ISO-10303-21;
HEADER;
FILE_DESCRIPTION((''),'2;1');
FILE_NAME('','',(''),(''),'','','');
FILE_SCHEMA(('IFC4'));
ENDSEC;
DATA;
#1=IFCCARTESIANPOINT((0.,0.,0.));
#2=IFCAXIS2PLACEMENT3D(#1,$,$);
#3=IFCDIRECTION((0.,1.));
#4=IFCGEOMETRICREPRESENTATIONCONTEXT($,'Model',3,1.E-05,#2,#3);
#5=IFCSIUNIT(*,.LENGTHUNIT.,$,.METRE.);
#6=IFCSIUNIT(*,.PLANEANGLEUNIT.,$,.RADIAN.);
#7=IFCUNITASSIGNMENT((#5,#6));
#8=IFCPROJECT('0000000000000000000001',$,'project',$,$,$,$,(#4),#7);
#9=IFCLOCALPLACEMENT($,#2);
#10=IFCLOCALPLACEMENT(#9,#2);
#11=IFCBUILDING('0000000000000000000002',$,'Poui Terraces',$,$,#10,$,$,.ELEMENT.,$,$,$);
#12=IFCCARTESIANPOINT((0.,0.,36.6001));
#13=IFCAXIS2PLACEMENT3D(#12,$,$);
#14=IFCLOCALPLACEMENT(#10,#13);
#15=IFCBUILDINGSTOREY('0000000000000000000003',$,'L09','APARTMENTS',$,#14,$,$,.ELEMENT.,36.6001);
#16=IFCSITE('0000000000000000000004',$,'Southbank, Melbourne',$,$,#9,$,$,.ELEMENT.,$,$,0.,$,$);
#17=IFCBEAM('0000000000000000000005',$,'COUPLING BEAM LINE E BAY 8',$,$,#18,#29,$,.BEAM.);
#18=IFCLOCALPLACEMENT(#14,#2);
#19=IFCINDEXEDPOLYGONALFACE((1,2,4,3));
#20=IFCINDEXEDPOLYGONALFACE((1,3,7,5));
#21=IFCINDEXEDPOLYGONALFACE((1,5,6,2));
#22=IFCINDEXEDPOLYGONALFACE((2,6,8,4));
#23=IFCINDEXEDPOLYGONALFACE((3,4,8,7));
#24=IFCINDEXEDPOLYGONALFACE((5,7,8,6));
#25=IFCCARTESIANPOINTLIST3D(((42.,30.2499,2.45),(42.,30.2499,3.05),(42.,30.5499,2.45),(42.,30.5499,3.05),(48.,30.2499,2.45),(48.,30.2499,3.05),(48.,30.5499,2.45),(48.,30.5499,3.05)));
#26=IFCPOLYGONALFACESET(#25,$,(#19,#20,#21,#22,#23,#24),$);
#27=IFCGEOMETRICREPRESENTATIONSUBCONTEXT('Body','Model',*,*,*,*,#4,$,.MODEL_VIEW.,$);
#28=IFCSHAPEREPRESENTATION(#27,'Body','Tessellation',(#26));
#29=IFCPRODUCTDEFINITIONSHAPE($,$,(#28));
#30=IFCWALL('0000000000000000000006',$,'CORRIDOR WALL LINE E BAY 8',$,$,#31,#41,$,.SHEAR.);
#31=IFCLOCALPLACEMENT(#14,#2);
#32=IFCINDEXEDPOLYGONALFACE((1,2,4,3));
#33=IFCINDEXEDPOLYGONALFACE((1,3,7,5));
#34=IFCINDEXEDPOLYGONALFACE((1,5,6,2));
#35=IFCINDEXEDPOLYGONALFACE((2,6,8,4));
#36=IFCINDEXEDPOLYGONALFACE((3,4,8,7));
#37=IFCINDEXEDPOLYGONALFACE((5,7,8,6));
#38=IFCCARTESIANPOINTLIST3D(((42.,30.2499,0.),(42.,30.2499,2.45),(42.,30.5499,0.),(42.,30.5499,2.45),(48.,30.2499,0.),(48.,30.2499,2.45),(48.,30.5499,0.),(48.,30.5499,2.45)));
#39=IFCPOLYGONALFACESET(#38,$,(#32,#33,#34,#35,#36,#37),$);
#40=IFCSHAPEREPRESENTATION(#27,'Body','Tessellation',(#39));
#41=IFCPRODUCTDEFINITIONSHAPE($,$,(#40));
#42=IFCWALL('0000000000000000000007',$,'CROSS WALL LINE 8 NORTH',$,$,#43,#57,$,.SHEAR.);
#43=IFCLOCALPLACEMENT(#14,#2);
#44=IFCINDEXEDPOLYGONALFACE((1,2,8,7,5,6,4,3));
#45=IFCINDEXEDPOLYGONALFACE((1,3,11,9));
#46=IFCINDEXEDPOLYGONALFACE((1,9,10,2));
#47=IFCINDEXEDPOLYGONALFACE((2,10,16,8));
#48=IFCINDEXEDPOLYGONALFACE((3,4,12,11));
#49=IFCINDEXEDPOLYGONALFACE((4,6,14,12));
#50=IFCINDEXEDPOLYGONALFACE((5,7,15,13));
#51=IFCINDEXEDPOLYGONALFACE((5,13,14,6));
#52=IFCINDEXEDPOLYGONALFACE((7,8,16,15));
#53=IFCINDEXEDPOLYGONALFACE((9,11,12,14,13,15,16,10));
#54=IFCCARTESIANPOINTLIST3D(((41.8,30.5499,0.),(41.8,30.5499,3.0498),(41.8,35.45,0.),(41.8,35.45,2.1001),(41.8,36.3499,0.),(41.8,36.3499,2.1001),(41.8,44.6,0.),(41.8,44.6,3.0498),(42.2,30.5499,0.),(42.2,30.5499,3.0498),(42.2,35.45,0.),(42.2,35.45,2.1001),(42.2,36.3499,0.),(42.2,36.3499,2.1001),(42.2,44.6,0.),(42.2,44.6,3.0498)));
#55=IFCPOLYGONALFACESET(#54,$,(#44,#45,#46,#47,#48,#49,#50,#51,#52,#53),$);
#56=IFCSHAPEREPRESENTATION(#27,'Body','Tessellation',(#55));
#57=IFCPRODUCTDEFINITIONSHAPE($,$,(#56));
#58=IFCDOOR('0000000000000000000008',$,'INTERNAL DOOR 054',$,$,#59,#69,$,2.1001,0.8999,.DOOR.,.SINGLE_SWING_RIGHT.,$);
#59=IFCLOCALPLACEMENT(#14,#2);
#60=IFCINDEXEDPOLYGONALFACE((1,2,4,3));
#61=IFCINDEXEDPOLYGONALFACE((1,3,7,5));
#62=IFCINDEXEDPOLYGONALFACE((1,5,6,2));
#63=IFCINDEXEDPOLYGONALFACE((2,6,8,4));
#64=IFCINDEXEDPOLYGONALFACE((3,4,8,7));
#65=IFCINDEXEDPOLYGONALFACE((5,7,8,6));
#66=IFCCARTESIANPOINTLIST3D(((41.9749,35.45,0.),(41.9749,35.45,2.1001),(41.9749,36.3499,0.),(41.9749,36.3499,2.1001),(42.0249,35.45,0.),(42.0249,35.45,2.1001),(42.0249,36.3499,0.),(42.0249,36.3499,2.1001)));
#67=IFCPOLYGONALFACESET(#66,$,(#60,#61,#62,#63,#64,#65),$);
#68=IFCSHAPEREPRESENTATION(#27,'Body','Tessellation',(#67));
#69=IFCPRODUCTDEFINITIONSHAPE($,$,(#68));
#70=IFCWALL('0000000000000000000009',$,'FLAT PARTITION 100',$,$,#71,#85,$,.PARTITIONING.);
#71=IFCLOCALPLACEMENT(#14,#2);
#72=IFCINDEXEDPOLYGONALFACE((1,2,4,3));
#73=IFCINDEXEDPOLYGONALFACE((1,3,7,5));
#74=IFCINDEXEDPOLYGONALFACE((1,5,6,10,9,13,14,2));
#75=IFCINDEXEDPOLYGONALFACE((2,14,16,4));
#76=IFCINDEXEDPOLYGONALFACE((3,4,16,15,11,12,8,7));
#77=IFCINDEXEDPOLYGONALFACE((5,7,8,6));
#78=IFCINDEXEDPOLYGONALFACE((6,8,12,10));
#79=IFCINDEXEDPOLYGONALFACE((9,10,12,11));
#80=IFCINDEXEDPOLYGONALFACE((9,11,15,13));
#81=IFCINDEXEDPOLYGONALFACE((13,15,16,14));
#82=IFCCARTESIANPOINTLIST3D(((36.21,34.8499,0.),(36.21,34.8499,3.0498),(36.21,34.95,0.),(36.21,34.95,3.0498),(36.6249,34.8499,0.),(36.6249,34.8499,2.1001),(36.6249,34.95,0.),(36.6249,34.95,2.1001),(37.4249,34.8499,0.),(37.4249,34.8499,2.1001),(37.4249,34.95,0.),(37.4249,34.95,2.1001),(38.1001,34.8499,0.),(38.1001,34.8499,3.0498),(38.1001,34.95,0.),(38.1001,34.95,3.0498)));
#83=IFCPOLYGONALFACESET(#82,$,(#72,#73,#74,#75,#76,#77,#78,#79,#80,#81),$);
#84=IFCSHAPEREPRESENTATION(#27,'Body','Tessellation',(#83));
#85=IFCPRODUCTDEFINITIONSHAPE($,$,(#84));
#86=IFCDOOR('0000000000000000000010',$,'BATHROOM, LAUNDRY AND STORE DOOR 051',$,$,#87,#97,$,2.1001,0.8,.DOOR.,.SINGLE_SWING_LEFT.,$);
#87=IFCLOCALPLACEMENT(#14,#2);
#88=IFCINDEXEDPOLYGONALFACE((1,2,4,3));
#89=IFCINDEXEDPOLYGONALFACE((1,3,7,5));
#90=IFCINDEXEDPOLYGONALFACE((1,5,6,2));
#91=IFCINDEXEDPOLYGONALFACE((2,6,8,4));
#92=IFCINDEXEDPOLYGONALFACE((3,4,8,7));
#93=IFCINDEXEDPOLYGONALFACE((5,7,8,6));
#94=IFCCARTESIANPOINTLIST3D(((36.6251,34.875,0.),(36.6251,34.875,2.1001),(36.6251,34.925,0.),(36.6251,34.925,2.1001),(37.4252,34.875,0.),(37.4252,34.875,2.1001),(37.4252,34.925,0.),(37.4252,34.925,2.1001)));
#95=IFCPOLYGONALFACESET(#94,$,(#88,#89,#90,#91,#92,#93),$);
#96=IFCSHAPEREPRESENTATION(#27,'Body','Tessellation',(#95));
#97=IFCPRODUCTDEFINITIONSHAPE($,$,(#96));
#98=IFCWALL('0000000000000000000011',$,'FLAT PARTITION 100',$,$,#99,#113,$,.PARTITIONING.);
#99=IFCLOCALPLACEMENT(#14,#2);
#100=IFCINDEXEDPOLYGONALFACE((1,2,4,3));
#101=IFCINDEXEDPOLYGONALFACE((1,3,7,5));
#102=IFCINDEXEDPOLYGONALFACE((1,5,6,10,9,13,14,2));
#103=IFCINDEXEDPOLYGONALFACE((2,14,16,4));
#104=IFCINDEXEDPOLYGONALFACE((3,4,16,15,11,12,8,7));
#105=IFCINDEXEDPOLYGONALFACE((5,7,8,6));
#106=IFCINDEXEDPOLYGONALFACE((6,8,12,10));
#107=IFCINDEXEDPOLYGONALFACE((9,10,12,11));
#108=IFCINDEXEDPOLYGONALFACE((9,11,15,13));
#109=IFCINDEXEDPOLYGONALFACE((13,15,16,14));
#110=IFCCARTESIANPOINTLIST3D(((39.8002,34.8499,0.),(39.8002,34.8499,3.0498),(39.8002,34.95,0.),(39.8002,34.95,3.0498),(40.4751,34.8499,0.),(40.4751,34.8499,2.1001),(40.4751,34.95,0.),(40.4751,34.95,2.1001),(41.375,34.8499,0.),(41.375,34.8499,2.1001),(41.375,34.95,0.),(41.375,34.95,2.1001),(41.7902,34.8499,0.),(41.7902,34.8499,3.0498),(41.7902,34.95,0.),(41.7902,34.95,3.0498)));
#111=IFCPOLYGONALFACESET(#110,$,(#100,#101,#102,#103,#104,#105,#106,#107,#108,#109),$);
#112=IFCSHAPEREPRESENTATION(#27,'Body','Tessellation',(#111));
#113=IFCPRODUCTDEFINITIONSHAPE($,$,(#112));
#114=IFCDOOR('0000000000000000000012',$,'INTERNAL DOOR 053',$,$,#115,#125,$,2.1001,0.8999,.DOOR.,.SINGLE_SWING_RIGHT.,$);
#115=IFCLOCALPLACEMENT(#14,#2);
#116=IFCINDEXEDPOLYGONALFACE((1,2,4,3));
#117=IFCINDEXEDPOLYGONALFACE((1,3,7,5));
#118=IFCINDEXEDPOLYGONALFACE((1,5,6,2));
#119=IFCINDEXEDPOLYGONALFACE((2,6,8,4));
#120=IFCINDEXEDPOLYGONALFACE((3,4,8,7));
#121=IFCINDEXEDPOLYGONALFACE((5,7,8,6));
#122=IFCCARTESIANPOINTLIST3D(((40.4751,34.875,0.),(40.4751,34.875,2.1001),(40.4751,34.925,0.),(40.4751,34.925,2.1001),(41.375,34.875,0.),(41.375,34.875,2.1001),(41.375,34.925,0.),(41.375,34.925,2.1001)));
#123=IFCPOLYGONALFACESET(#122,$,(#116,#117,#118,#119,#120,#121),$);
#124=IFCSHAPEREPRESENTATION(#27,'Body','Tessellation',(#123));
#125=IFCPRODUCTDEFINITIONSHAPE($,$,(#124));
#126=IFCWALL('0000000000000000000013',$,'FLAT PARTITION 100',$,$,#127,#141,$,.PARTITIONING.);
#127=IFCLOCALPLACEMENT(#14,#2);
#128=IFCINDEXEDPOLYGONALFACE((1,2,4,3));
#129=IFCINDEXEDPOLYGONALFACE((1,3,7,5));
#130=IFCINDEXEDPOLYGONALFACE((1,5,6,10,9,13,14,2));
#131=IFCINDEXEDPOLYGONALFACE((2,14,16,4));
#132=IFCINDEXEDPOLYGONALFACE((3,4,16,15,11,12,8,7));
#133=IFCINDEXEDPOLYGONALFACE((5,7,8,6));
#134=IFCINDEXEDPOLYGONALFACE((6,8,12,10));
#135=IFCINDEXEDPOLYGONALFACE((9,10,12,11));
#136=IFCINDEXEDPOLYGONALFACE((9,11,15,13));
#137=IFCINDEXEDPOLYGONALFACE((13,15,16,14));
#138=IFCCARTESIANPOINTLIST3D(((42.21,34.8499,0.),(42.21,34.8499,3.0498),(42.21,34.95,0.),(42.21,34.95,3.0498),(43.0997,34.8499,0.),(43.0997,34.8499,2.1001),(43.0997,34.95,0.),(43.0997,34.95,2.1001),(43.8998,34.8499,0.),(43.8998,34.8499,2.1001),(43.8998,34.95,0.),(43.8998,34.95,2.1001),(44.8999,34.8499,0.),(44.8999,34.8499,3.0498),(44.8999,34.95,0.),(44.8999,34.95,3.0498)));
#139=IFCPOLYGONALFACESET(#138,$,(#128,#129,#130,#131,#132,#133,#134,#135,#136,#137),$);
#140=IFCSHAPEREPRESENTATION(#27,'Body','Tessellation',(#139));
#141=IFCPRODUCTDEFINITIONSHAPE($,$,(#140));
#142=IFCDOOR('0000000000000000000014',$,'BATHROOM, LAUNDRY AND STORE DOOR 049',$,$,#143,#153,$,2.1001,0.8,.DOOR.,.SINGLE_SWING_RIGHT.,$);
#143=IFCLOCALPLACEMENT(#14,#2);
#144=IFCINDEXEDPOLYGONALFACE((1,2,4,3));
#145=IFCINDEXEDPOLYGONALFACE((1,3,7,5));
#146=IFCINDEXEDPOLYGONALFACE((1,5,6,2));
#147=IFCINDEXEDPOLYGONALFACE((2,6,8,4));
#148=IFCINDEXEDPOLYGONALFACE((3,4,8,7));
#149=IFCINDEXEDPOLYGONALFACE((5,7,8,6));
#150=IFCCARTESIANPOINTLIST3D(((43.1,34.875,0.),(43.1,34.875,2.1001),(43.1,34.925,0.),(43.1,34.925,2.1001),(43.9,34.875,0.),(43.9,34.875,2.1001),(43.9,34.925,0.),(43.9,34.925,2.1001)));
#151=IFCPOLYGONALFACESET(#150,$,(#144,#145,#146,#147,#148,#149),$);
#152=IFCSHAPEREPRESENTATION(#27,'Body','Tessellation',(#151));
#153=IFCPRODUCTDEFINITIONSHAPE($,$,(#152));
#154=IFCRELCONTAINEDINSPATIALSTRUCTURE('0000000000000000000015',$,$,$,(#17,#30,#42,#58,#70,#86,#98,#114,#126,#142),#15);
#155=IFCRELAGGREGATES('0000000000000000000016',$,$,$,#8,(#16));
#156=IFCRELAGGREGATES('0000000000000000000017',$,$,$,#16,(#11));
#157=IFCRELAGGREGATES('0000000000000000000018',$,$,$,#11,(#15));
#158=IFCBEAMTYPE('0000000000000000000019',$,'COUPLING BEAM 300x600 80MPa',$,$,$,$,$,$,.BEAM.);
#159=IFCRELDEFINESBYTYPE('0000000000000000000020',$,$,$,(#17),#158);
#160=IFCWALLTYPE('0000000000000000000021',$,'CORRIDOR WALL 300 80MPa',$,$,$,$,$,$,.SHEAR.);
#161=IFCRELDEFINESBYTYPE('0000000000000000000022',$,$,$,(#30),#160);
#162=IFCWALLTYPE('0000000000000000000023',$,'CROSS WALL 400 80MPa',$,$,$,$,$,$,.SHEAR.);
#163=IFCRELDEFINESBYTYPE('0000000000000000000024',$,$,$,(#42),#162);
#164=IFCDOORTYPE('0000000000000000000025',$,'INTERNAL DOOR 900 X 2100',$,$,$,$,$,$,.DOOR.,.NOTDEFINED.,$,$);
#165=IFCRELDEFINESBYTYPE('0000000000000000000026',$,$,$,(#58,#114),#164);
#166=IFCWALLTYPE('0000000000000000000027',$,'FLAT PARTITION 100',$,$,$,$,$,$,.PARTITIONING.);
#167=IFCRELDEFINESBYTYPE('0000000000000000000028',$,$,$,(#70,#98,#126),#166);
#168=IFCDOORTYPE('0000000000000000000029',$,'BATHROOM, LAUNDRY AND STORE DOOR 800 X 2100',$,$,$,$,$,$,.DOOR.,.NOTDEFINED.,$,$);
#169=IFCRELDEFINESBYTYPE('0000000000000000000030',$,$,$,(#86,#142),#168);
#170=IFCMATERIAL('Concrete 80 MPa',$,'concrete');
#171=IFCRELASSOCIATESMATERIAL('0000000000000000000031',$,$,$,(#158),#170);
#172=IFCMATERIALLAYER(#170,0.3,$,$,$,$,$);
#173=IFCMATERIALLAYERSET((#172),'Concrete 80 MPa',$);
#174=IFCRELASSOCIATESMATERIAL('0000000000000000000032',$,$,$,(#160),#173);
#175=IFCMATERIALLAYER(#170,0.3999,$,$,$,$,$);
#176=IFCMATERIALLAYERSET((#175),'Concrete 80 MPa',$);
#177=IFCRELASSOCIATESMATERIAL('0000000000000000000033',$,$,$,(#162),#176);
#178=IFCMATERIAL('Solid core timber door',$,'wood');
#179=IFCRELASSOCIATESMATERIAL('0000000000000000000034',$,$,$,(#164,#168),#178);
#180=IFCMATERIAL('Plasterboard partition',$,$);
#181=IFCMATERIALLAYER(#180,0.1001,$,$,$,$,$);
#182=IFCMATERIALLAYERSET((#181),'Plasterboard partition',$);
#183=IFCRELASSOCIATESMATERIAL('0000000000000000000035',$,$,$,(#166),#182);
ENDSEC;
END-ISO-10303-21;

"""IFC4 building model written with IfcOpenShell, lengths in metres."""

from ifc_helpers import new_model, si_unit, direction, frame, frame_2d, origin, origin_2d, place, context, subcontext, project, spatial, rectangle, extrude, source, transform, mapped, material, layer, layer_set, material_profile, profile_set, type_object, element, fill, save


model = new_model("IFC4")

# Units and contexts
model_context = context("Model", 3, precision=1e-05, world=origin(), true_north=direction((0.0, 1.0)))
body_context = subcontext(model_context, "Body", "Model", "MODEL_VIEW")
ifc_project = project(units=[si_unit("LENGTHUNIT", "METRE"), si_unit("PLANEANGLEUNIT", "RADIAN")], contexts=[model_context])

# Site, building, storey
site_placement = place(None, origin())
site = spatial("IfcSite", under=ifc_project, at=site_placement, Name="Southbank, Melbourne", CompositionType="ELEMENT", RefElevation=0.0)
building_placement = place(site_placement, origin())
building = spatial("IfcBuilding", under=site, at=building_placement, Name="Poui Terraces", CompositionType="ELEMENT")
storey_placement = place(building_placement, frame((0.0, 0.0, 36.6001)))
storey = spatial("IfcBuildingStorey", under=building, at=storey_placement, Name="L09", Description="APARTMENTS", CompositionType="ELEMENT", Elevation=36.6001)

# Beam
ifc_material_1 = material(Name="Concrete 80 MPa", Category="concrete")
ifc_material_profile_1 = material_profile(ifc_material_1, rectangle(XDim=0.3, YDim=0.6001, at=origin_2d()), Name="RC 300x600")
ifc_profile_set_1 = profile_set([ifc_material_profile_1], Name="Concrete 80 MPa")
beam_type = type_object("IfcBeamType", Name="COUPLING BEAM 300x600 80MPa", PredefinedType="BEAM", material=ifc_profile_set_1)
shared_shape_1 = source(origin(), body_context, "Body", "SweptSolid", [
    extrude(rectangle(XDim=0.3, YDim=0.6001, at=origin_2d()), origin(), (0.0, 0.0, 1.0), 6.0),
])
beam_placement = place(storey_placement, frame((42.0, 30.3999, 2.75), z_axis=(1.0, 0.0, 0.0), x_axis=(0.0, 1.0, 0.0)))
element("IfcBeam", 1, at=beam_placement, inside=storey, type_object=beam_type, Name="COUPLING BEAM LINE E BAY 8", PredefinedType="BEAM", context=body_context, shape_type="MappedRepresentation", body=[
    mapped(shared_shape_1, transform((0.0, 0.0, 0.0))),
])

# Wall
ifc_layer_1 = layer(ifc_material_1, 0.3)
ifc_layer_set_1 = layer_set([ifc_layer_1], Name="Concrete 80 MPa")
wall_type_1 = type_object("IfcWallType", Name="CORRIDOR WALL 300 80MPa", PredefinedType="SHEAR", material=ifc_layer_set_1)
wall_1_placement = place(storey_placement, frame((42.0, 30.3999, 0.0), z_axis=(0.0, 0.0, 1.0), x_axis=(1.0, 0.0, 0.0)))
element("IfcWall", 2, at=wall_1_placement, inside=storey, type_object=wall_type_1, Name="CORRIDOR WALL LINE E BAY 8", PredefinedType="SHEAR", context=body_context, shape_type="SweptSolid", body=[
    extrude(rectangle(XDim=6.0, YDim=0.3, at=frame_2d((3.0, 0.0))), origin(), (0.0, 0.0, 1.0), 2.45),
])

# Walls, openings, doors
ifc_layer_2 = layer(ifc_material_1, 0.3999)
ifc_layer_set_2 = layer_set([ifc_layer_2], Name="Concrete 80 MPa")
wall_type_2 = type_object("IfcWallType", Name="CROSS WALL 400 80MPa", PredefinedType="SHEAR", material=ifc_layer_set_2)
wall_2_placement = place(storey_placement, frame((42.0, 30.55, 0.0), z_axis=(0.0, 0.0, 1.0), x_axis=(0.0, 1.0, 0.0)))
wall_2 = element("IfcWall", 3, at=wall_2_placement, inside=storey, type_object=wall_type_2, Name="CROSS WALL LINE 8 NORTH", PredefinedType="SHEAR", context=body_context, shape_type="SweptSolid", body=[
    extrude(rectangle(XDim=14.05, YDim=0.3999, at=frame_2d((7.0249, 0.0))), origin(), (0.0, 0.0, 1.0), 3.0498),
])
opening_1_placement = place(wall_2_placement, frame((4.8999, 0.0, 0.0)))
opening_1 = element("IfcOpeningElement", 4, at=opening_1_placement, cuts=wall_2, PredefinedType="OPENING", context=body_context, shape_type="SweptSolid", body=[
    extrude(rectangle(XDim=0.8999, YDim=2.1001, at=frame_2d((0.45, 1.05))), frame((0.0, 0.21, 0.0), z_axis=(0.0, -1.0, 0.0), x_axis=(1.0, 0.0, 0.0)), (0.0, 0.0, 1.0), 0.4199),
])
ifc_material_2 = material(Name="Solid core timber door", Category="wood")
door_type_1 = type_object("IfcDoorType", Name="INTERNAL DOOR 900 X 2100", OperationType="NOTDEFINED", PredefinedType="DOOR", material=ifc_material_2)
door_1_placement = place(opening_1_placement, frame((0.8999, 0.0, 0.0), z_axis=(0.0, 0.0, 1.0), x_axis=(-1.0, 0.0, 0.0)))
door_1 = element("IfcDoor", 5, at=door_1_placement, inside=storey, type_object=door_type_1, Name="INTERNAL DOOR 054", OperationType="SINGLE_SWING_RIGHT", OverallHeight=2.1001, OverallWidth=0.8999, PredefinedType="DOOR", context=body_context, shape_type="SweptSolid", body=[
    extrude(rectangle(XDim=0.8999, YDim=2.1001, at=frame_2d((0.45, 1.05))), frame((0.0, 0.0249, 0.0), z_axis=(0.0, -1.0, 0.0), x_axis=(1.0, 0.0, 0.0)), (0.0, 0.0, 1.0), 0.05),
])
fill(opening_1, door_1)
ifc_material_3 = material(Name="Plasterboard partition")
ifc_layer_3 = layer(ifc_material_3, 0.1001)
ifc_layer_set_3 = layer_set([ifc_layer_3], Name="Plasterboard partition")
wall_type_3 = type_object("IfcWallType", Name="FLAT PARTITION 100", PredefinedType="PARTITIONING", material=ifc_layer_set_3)
wall_3_placement = place(storey_placement, frame((36.21, 34.8999, 0.0), z_axis=(0.0, 0.0, 1.0), x_axis=(1.0, 0.0, 0.0)))
wall_3 = element("IfcWall", 6, at=wall_3_placement, inside=storey, type_object=wall_type_3, Name="FLAT PARTITION 100", PredefinedType="PARTITIONING", context=body_context, shape_type="SweptSolid", body=[
    extrude(rectangle(XDim=1.8901, YDim=0.1001, at=frame_2d((0.9451, 0.0))), origin(), (0.0, 0.0, 1.0), 3.0498),
])
opening_2_placement = place(wall_3_placement, frame((0.415, 0.0, 0.0)))
opening_2 = element("IfcOpeningElement", 7, at=opening_2_placement, cuts=wall_3, PredefinedType="OPENING", context=body_context, shape_type="SweptSolid", body=[
    extrude(rectangle(XDim=0.8, YDim=2.1001, at=frame_2d((0.3999, 1.05))), frame((0.0, 0.0601, 0.0), z_axis=(0.0, -1.0, 0.0), x_axis=(1.0, 0.0, 0.0)), (0.0, 0.0, 1.0), 0.1201),
])
door_type_2 = type_object("IfcDoorType", Name="BATHROOM, LAUNDRY AND STORE DOOR 800 X 2100", OperationType="NOTDEFINED", PredefinedType="DOOR", material=ifc_material_2)
door_2_placement = place(opening_2_placement, frame((0.8, 0.0, 0.0), z_axis=(0.0, 0.0, 1.0), x_axis=(-1.0, 0.0, 0.0)))
door_2 = element("IfcDoor", 8, at=door_2_placement, inside=storey, type_object=door_type_2, Name="BATHROOM, LAUNDRY AND STORE DOOR 051", OperationType="SINGLE_SWING_LEFT", OverallHeight=2.1001, OverallWidth=0.8, PredefinedType="DOOR", context=body_context, shape_type="SweptSolid", body=[
    extrude(rectangle(XDim=0.8, YDim=2.1001, at=frame_2d((0.3999, 1.05))), frame((0.0, 0.0249, 0.0), z_axis=(0.0, -1.0, 0.0), x_axis=(1.0, 0.0, 0.0)), (0.0, 0.0, 1.0), 0.05),
])
fill(opening_2, door_2)
wall_4_placement = place(storey_placement, frame((39.8, 34.8999, 0.0), z_axis=(0.0, 0.0, 1.0), x_axis=(1.0, 0.0, 0.0)))
wall_4 = element("IfcWall", 9, at=wall_4_placement, inside=storey, type_object=wall_type_3, Name="FLAT PARTITION 100", PredefinedType="PARTITIONING", context=body_context, shape_type="SweptSolid", body=[
    extrude(rectangle(XDim=1.99, YDim=0.1001, at=frame_2d((0.9951, 0.0))), origin(), (0.0, 0.0, 1.0), 3.0498),
])
opening_3_placement = place(wall_4_placement, frame((0.675, 0.0, 0.0)))
opening_3 = element("IfcOpeningElement", 10, at=opening_3_placement, cuts=wall_4, PredefinedType="OPENING", context=body_context, shape_type="SweptSolid", body=[
    extrude(rectangle(XDim=0.8999, YDim=2.1001, at=frame_2d((0.45, 1.05))), frame((0.0, 0.0601, 0.0), z_axis=(0.0, -1.0, 0.0), x_axis=(1.0, 0.0, 0.0)), (0.0, 0.0, 1.0), 0.1201),
])
door_3_placement = place(opening_3_placement, frame((0.8999, 0.0, 0.0), z_axis=(0.0, 0.0, 1.0), x_axis=(-1.0, 0.0, 0.0)))
door_3 = element("IfcDoor", 11, at=door_3_placement, inside=storey, type_object=door_type_1, Name="INTERNAL DOOR 053", OperationType="SINGLE_SWING_RIGHT", OverallHeight=2.1001, OverallWidth=0.8999, PredefinedType="DOOR", context=body_context, shape_type="SweptSolid", body=[
    extrude(rectangle(XDim=0.8999, YDim=2.1001, at=frame_2d((0.45, 1.05))), frame((0.0, 0.0249, 0.0), z_axis=(0.0, -1.0, 0.0), x_axis=(1.0, 0.0, 0.0)), (0.0, 0.0, 1.0), 0.05),
])
fill(opening_3, door_3)
wall_5_placement = place(storey_placement, frame((42.21, 34.8999, 0.0), z_axis=(0.0, 0.0, 1.0), x_axis=(1.0, 0.0, 0.0)))
wall_5 = element("IfcWall", 12, at=wall_5_placement, inside=storey, type_object=wall_type_3, Name="FLAT PARTITION 100", PredefinedType="PARTITIONING", context=body_context, shape_type="SweptSolid", body=[
    extrude(rectangle(XDim=2.6899, YDim=0.1001, at=frame_2d((1.345, 0.0))), origin(), (0.0, 0.0, 1.0), 3.0498),
])
opening_4_placement = place(wall_5_placement, frame((0.8899, 0.0, 0.0)))
opening_4 = element("IfcOpeningElement", 13, at=opening_4_placement, cuts=wall_5, PredefinedType="OPENING", context=body_context, shape_type="SweptSolid", body=[
    extrude(rectangle(XDim=0.8, YDim=2.1001, at=frame_2d((0.3999, 1.05))), frame((0.0, 0.0601, 0.0), z_axis=(0.0, -1.0, 0.0), x_axis=(1.0, 0.0, 0.0)), (0.0, 0.0, 1.0), 0.1201),
])
door_4_placement = place(opening_4_placement, frame((0.8, 0.0, 0.0), z_axis=(0.0, 0.0, 1.0), x_axis=(-1.0, 0.0, 0.0)))
door_4 = element("IfcDoor", 14, at=door_4_placement, inside=storey, type_object=door_type_2, Name="BATHROOM, LAUNDRY AND STORE DOOR 049", OperationType="SINGLE_SWING_RIGHT", OverallHeight=2.1001, OverallWidth=0.8, PredefinedType="DOOR", context=body_context, shape_type="SweptSolid", body=[
    extrude(rectangle(XDim=0.8, YDim=2.1001, at=frame_2d((0.3999, 1.05))), frame((0.0, 0.0249, 0.0), z_axis=(0.0, -1.0, 0.0), x_axis=(1.0, 0.0, 0.0)), (0.0, 0.0, 1.0), 0.05),
])
fill(opening_4, door_4)

save(model, "model.ifc")
